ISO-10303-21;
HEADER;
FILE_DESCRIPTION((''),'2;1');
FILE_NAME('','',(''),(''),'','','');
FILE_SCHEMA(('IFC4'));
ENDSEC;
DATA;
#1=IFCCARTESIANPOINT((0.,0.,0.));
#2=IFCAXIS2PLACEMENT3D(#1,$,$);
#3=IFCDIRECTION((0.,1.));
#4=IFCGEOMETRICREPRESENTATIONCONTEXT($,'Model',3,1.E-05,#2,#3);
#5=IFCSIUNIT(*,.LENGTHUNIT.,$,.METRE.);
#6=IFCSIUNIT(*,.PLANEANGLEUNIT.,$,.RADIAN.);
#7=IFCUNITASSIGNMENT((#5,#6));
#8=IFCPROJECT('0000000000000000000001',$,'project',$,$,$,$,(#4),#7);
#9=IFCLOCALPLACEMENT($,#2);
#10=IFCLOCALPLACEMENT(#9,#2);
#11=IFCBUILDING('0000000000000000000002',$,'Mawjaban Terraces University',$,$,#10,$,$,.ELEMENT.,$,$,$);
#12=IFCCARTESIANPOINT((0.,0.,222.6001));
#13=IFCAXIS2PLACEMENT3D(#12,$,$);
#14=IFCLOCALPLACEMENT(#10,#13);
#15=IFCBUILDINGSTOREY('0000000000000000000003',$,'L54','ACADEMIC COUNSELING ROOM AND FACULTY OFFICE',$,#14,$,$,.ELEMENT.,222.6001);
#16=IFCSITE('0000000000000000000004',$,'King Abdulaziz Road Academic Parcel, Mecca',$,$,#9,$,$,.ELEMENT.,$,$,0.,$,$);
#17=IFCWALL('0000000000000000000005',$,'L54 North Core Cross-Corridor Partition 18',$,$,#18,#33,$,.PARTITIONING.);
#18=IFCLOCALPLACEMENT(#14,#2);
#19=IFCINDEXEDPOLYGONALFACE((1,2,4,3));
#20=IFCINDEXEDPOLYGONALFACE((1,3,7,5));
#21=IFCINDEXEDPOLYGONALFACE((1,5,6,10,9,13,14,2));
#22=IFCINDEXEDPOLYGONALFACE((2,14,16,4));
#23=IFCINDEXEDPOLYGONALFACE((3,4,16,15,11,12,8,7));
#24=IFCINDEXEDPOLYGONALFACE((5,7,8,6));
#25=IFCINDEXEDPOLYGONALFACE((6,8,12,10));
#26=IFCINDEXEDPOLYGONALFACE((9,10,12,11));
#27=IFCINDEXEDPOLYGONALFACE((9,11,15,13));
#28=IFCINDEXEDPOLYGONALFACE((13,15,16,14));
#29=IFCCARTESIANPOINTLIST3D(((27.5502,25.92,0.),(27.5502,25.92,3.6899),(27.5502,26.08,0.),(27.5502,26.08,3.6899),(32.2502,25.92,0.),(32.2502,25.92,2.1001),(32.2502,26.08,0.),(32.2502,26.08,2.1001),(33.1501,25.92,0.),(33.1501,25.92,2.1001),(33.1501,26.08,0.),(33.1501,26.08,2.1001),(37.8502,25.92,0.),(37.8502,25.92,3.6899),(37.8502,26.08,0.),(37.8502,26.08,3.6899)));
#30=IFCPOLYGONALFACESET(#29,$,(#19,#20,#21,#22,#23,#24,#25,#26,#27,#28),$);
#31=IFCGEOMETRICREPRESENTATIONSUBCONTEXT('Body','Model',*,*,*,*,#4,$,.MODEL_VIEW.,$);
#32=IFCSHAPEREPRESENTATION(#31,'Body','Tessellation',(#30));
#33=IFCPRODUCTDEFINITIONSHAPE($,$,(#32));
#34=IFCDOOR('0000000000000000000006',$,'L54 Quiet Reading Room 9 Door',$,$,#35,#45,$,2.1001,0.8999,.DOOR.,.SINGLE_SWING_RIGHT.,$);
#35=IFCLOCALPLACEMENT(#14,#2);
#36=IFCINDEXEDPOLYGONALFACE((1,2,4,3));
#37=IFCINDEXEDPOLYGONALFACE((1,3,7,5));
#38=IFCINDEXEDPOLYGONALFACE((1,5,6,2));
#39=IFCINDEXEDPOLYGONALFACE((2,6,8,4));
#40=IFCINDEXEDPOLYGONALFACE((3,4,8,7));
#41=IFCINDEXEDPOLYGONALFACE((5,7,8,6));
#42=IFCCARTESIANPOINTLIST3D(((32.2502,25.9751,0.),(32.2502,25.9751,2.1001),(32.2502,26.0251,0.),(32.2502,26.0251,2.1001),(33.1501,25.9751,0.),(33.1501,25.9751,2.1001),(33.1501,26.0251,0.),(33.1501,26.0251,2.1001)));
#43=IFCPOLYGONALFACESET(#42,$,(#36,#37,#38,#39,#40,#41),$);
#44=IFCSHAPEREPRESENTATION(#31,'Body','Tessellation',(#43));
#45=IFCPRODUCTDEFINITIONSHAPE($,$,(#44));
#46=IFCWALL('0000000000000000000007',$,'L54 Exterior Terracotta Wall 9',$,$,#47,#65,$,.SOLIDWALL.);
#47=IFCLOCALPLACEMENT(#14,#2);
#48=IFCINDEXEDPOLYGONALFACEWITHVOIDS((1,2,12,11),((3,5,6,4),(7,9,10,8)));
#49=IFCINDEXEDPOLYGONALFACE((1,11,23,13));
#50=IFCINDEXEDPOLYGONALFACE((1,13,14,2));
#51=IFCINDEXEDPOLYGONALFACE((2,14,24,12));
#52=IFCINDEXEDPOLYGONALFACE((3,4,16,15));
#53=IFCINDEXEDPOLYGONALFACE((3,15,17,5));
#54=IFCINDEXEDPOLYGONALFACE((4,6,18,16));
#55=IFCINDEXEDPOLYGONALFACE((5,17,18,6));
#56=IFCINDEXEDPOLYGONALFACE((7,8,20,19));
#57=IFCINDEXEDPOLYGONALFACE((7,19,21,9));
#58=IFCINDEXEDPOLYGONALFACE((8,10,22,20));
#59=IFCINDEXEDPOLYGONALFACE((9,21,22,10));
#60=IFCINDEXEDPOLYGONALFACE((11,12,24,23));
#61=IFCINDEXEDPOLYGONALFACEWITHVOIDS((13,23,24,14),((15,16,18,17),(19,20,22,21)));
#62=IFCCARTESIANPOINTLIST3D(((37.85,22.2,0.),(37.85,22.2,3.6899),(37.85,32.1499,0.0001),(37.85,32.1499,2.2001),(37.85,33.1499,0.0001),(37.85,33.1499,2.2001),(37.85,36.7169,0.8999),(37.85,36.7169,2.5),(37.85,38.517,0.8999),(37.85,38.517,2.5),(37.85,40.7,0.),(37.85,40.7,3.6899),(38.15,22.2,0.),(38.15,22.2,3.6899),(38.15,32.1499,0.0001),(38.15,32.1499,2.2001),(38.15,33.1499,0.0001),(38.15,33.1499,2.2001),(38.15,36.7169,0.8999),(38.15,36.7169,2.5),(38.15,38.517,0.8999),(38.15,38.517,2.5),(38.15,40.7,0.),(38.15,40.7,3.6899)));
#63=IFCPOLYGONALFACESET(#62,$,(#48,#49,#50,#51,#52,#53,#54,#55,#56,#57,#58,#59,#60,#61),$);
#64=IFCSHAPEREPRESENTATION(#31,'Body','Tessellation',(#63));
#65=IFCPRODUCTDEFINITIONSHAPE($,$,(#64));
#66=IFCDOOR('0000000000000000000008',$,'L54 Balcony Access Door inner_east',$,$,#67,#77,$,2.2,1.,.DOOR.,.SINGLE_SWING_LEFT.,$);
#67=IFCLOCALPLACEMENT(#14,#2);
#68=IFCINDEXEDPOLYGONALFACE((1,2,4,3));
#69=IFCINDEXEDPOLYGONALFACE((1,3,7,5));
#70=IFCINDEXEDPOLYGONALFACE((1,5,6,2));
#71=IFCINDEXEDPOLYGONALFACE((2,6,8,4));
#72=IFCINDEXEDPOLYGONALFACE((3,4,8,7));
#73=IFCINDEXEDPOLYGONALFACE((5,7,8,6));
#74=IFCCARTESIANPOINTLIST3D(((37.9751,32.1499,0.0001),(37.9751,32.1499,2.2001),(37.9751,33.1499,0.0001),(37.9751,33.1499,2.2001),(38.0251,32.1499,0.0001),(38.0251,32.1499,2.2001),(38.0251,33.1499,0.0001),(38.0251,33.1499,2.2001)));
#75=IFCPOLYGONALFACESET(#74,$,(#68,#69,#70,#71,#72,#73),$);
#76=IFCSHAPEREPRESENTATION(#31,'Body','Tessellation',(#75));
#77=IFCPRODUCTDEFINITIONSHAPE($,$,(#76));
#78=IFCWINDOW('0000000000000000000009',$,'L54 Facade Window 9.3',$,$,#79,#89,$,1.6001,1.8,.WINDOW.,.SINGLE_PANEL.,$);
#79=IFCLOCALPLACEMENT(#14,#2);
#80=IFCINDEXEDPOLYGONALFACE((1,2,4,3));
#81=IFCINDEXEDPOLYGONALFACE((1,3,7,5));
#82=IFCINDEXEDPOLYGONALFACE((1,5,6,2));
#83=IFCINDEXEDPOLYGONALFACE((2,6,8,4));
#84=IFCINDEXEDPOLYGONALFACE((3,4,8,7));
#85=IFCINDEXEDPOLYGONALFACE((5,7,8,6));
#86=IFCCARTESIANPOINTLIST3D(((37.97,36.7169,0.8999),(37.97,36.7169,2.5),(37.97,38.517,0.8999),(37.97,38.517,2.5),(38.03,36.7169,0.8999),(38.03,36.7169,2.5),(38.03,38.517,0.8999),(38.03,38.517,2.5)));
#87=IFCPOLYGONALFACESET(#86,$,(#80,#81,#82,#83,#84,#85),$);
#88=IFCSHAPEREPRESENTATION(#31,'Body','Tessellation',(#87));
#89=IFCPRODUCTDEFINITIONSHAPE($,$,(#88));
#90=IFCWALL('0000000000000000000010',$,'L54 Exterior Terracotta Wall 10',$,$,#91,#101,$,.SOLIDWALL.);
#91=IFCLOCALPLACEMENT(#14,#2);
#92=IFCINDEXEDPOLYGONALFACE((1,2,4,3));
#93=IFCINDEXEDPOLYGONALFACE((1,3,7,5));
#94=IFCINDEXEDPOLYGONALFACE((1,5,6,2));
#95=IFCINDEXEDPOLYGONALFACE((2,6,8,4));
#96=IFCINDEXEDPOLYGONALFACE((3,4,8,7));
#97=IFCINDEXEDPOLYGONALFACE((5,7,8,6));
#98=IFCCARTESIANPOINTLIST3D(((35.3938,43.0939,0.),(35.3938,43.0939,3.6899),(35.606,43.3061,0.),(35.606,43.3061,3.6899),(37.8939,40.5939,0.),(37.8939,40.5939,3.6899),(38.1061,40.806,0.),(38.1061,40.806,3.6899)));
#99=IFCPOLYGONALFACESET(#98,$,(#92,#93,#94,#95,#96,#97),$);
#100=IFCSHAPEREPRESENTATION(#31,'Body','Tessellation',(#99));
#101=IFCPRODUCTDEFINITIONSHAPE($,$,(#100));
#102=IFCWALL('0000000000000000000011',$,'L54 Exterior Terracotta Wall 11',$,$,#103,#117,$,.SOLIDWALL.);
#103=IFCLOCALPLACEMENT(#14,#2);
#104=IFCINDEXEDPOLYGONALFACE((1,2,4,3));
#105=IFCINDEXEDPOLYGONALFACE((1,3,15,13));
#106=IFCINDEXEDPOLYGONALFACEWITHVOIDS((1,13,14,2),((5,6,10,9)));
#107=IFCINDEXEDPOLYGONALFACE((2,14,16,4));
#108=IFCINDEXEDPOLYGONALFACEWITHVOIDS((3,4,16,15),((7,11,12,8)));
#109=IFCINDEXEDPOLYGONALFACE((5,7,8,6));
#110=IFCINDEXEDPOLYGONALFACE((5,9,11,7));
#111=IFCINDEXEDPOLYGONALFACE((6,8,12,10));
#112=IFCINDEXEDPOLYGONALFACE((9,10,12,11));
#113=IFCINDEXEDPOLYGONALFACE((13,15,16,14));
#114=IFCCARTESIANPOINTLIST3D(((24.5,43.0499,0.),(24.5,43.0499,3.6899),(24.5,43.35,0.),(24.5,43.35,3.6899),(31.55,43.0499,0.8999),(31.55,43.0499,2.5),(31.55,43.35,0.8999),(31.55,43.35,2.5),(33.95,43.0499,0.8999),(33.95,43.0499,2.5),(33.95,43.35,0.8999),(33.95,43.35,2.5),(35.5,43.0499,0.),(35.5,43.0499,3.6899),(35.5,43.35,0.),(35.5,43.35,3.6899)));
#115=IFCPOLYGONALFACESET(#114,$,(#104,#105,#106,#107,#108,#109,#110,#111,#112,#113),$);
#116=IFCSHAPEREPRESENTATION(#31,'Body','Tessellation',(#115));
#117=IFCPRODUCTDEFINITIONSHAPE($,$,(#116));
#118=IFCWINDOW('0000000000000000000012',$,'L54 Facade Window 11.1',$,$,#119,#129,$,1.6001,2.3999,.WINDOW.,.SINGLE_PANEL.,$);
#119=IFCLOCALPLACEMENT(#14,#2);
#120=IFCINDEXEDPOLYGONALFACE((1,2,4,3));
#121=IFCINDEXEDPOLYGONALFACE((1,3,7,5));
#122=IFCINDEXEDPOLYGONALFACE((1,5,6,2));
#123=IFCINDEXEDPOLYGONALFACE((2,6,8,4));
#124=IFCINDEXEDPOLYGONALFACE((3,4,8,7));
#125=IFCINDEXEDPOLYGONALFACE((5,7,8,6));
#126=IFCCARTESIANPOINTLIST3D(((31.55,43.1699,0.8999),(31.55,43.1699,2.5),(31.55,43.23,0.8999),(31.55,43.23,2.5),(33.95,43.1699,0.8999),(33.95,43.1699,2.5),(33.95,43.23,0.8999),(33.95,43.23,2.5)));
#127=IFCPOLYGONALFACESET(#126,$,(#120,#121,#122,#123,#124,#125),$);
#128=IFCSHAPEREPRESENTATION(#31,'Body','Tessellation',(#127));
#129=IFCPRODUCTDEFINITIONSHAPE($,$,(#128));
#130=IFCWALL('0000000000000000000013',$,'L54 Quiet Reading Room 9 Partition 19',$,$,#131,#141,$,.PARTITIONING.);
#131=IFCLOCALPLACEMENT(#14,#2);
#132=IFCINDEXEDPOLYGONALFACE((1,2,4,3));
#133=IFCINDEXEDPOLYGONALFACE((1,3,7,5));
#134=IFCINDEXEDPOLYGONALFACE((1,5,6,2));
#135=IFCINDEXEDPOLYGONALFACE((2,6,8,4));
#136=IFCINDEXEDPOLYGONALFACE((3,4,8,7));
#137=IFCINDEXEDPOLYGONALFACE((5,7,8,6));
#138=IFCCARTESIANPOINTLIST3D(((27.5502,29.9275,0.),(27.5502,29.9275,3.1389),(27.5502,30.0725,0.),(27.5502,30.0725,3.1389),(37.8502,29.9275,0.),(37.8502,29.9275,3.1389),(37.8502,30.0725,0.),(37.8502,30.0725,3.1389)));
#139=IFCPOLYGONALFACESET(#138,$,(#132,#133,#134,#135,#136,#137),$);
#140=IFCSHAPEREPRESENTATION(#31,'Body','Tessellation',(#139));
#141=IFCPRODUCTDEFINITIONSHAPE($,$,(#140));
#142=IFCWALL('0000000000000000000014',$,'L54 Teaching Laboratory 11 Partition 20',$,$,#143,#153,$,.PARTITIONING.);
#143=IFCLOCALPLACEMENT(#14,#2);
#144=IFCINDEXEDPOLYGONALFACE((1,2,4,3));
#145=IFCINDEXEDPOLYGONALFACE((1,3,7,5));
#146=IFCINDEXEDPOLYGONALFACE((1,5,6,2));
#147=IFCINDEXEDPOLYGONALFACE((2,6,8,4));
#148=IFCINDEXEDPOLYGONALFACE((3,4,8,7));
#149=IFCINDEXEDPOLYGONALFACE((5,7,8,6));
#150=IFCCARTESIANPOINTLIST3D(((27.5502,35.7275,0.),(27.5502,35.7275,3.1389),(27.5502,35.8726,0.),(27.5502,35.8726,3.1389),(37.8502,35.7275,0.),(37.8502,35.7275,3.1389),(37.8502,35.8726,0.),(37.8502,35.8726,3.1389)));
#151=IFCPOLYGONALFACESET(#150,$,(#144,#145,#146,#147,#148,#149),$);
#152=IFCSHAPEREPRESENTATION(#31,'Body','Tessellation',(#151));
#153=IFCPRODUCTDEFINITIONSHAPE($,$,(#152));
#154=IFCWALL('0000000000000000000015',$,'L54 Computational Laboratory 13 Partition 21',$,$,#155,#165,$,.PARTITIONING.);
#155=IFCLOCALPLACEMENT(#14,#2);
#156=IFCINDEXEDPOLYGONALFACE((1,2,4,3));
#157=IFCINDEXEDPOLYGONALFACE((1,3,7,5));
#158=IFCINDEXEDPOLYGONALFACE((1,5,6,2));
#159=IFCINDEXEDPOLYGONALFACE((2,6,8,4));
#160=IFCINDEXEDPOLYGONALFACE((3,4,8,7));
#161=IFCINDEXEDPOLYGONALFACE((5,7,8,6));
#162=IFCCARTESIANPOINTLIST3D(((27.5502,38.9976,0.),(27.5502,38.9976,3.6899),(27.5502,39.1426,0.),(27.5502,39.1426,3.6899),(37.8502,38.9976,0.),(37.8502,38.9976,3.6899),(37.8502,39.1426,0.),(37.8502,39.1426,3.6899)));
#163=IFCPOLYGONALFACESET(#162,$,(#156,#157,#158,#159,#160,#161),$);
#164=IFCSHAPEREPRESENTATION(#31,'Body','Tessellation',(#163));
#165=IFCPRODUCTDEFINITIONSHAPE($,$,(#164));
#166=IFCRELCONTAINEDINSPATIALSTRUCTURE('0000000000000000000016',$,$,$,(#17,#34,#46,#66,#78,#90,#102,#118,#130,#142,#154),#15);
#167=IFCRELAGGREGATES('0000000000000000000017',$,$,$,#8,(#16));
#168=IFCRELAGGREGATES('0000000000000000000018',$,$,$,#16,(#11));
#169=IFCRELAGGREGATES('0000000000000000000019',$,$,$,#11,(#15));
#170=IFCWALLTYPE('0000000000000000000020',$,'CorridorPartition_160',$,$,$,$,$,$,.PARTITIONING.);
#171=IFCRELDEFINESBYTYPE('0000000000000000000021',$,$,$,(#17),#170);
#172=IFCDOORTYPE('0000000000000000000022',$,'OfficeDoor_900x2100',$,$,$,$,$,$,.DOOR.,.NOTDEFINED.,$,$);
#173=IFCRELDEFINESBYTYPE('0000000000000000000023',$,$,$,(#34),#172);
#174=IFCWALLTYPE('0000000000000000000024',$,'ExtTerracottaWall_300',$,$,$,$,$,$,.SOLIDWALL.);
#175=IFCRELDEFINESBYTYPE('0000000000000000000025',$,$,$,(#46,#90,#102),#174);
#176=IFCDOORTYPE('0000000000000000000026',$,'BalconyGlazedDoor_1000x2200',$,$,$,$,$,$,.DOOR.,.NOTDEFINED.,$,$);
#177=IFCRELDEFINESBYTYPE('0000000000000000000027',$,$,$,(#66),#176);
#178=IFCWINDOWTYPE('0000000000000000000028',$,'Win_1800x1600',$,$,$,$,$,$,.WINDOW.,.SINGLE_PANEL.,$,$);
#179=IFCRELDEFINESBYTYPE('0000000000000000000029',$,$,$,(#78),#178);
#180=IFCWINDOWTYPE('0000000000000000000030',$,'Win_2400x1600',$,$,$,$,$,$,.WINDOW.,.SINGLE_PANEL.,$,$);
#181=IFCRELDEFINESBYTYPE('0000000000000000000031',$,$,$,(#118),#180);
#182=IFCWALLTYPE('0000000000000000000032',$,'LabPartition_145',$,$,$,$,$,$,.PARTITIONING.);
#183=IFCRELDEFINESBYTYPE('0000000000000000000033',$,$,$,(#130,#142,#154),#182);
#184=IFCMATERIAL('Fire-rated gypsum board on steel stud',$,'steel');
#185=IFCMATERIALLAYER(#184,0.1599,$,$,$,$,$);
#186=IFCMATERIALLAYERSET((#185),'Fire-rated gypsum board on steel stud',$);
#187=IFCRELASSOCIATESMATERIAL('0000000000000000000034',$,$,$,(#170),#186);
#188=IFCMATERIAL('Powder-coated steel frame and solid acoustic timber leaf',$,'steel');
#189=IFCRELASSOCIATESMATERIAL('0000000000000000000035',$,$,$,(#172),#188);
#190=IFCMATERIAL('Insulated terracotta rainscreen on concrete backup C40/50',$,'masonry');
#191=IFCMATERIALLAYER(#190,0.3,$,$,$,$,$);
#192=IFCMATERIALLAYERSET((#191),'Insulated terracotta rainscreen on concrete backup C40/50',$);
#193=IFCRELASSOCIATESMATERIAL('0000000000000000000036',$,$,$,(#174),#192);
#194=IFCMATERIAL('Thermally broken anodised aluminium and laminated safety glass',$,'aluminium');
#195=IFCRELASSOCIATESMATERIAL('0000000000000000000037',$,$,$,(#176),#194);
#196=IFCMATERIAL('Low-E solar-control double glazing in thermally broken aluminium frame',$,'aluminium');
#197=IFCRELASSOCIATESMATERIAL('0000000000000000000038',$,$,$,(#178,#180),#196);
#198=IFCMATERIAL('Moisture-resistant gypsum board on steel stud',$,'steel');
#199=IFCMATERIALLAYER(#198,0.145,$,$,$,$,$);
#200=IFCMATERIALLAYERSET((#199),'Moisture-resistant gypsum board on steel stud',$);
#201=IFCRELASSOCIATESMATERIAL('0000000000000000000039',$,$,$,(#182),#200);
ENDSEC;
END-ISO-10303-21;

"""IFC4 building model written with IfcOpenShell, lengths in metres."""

from ifc_helpers import new_model, si_unit, direction, frame, frame_2d, origin, place, context, subcontext, project, spatial, rectangle, extrude, material, layer, layer_set, type_object, element, fill, save


model = new_model("IFC4")

# Units and contexts
model_context = context("Model", 3, precision=1e-05, world=origin(), true_north=direction((0.0, 1.0)))
body_context = subcontext(model_context, "Body", "Model", "MODEL_VIEW")
ifc_project = project(units=[si_unit("LENGTHUNIT", "METRE"), si_unit("PLANEANGLEUNIT", "RADIAN")], contexts=[model_context])

# Site, building, storey
site_placement = place(None, origin())
site = spatial("IfcSite", under=ifc_project, at=site_placement, Name="King Abdulaziz Road Academic Parcel, Mecca", CompositionType="ELEMENT", RefElevation=0.0)
building_placement = place(site_placement, origin())
building = spatial("IfcBuilding", under=site, at=building_placement, Name="Mawjaban Terraces University", CompositionType="ELEMENT")
storey_placement = place(building_placement, frame((0.0, 0.0, 222.6001)))
storey = spatial("IfcBuildingStorey", under=building, at=storey_placement, Name="L54", Description="ACADEMIC COUNSELING ROOM AND FACULTY OFFICE", CompositionType="ELEMENT", Elevation=222.6001)

# Wall, opening, door
ifc_material_1 = material(Name="Fire-rated gypsum board on steel stud", Category="steel")
ifc_layer_1 = layer(ifc_material_1, 0.1599)
ifc_layer_set_1 = layer_set([ifc_layer_1], Name="Fire-rated gypsum board on steel stud")
wall_type_1 = type_object("IfcWallType", Name="CorridorPartition_160", PredefinedType="PARTITIONING", material=ifc_layer_set_1)
ifc_material_2 = material(Name="Powder-coated steel frame and solid acoustic timber leaf", Category="steel")
door_type_1 = type_object("IfcDoorType", Name="OfficeDoor_900x2100", OperationType="NOTDEFINED", PredefinedType="DOOR", material=ifc_material_2)
wall_1_placement = place(storey_placement, frame((37.8501, 26.0, 0.0), z_axis=(0.0, 0.0, 1.0), x_axis=(-1.0, 0.0, 0.0)))
wall_1 = element("IfcWall", 1, at=wall_1_placement, inside=storey, type_object=wall_type_1, Name="L54 North Core Cross-Corridor Partition 18", PredefinedType="PARTITIONING", context=body_context, shape_type="SweptSolid", body=[
    extrude(rectangle(XDim=10.3, YDim=0.1599, at=frame_2d((5.1499, 0.0))), origin(), (0.0, 0.0, 1.0), 3.6899),
])
opening_1_placement = place(wall_1_placement, frame((4.7, 0.0, 0.0)))
opening_1 = element("IfcOpeningElement", 2, at=opening_1_placement, cuts=wall_1, PredefinedType="OPENING", context=body_context, shape_type="SweptSolid", body=[
    extrude(rectangle(XDim=0.8999, YDim=2.1001, at=frame_2d((0.45, 1.05))), frame((0.0, 0.0898, 0.0), z_axis=(0.0, -1.0, 0.0), x_axis=(1.0, 0.0, 0.0)), (0.0, 0.0, 1.0), 0.1799),
])
door_1_placement = place(opening_1_placement, origin())
door_1 = element("IfcDoor", 3, at=door_1_placement, inside=storey, type_object=door_type_1, Name="L54 Quiet Reading Room 9 Door", OperationType="SINGLE_SWING_RIGHT", OverallHeight=2.1001, OverallWidth=0.8999, PredefinedType="DOOR", context=body_context, shape_type="SweptSolid", body=[
    extrude(rectangle(XDim=0.8999, YDim=2.1001, at=frame_2d((0.45, 1.05))), frame((0.0, 0.0249, 0.0), z_axis=(0.0, -1.0, 0.0), x_axis=(1.0, 0.0, 0.0)), (0.0, 0.0, 1.0), 0.05),
])
fill(opening_1, door_1)

# Wall, openings, door, window
ifc_material_3 = material(Name="Insulated terracotta rainscreen on concrete backup C40/50", Category="masonry")
ifc_layer_2 = layer(ifc_material_3, 0.3)
ifc_layer_set_2 = layer_set([ifc_layer_2], Name="Insulated terracotta rainscreen on concrete backup C40/50")
wall_type_2 = type_object("IfcWallType", Name="ExtTerracottaWall_300", PredefinedType="SOLIDWALL", material=ifc_layer_set_2)
wall_2_placement = place(storey_placement, frame((38.0, 22.2, 0.0), z_axis=(0.0, 0.0, 1.0), x_axis=(0.0, 1.0, 0.0)))
wall_2 = element("IfcWall", 4, at=wall_2_placement, inside=storey, type_object=wall_type_2, Name="L54 Exterior Terracotta Wall 9", PredefinedType="SOLIDWALL", context=body_context, shape_type="SweptSolid", body=[
    extrude(rectangle(XDim=18.5, YDim=0.3, at=frame_2d((9.25, 0.0))), origin(), (0.0, 0.0, 1.0), 3.6899),
])
opening_2_placement = place(wall_2_placement, frame((9.95, 0.0, 0.0)))
opening_2 = element("IfcOpeningElement", 5, at=opening_2_placement, cuts=wall_2, PredefinedType="OPENING", context=body_context, shape_type="SweptSolid", body=[
    extrude(rectangle(XDim=1.0, YDim=2.2, at=frame_2d((0.5, 1.1001))), frame((0.0, 0.1599, 0.0), z_axis=(0.0, -1.0, 0.0), x_axis=(1.0, 0.0, 0.0)), (0.0, 0.0, 1.0), 0.3201),
])
opening_3_placement = place(wall_2_placement, frame((14.5171, 0.0, 0.8999)))
opening_3 = element("IfcOpeningElement", 6, at=opening_3_placement, cuts=wall_2, PredefinedType="OPENING", context=body_context, shape_type="SweptSolid", body=[
    extrude(rectangle(XDim=1.8, YDim=1.6001, at=frame_2d((0.8999, 0.8))), frame((0.0, 0.1599, 0.0), z_axis=(0.0, -1.0, 0.0), x_axis=(1.0, 0.0, 0.0)), (0.0, 0.0, 1.0), 0.3201),
])
ifc_material_4 = material(Name="Thermally broken anodised aluminium and laminated safety glass", Category="aluminium")
door_type_2 = type_object("IfcDoorType", Name="BalconyGlazedDoor_1000x2200", OperationType="NOTDEFINED", PredefinedType="DOOR", material=ifc_material_4)
door_2_placement = place(opening_2_placement, origin())
door_2 = element("IfcDoor", 7, at=door_2_placement, inside=storey, type_object=door_type_2, Name="L54 Balcony Access Door inner_east", OperationType="SINGLE_SWING_LEFT", OverallHeight=2.2, OverallWidth=1.0, PredefinedType="DOOR", context=body_context, shape_type="SweptSolid", body=[
    extrude(rectangle(XDim=1.0, YDim=2.2, at=frame_2d((0.5, 1.1001))), frame((0.0, 0.0249, 0.0), z_axis=(0.0, -1.0, 0.0), x_axis=(1.0, 0.0, 0.0)), (0.0, 0.0, 1.0), 0.05),
])
fill(opening_2, door_2)
ifc_material_5 = material(Name="Low-E solar-control double glazing in thermally broken aluminium frame", Category="aluminium")
window_type_1 = type_object("IfcWindowType", Name="Win_1800x1600", PartitioningType="SINGLE_PANEL", PredefinedType="WINDOW", material=ifc_material_5)
window_1_placement = place(opening_3_placement, origin())
window_1 = element("IfcWindow", 8, at=window_1_placement, inside=storey, type_object=window_type_1, Name="L54 Facade Window 9.3", OverallHeight=1.6001, OverallWidth=1.8, PartitioningType="SINGLE_PANEL", PredefinedType="WINDOW", context=body_context, shape_type="SweptSolid", body=[
    extrude(rectangle(XDim=1.8, YDim=1.6001, at=frame_2d((0.8999, 0.8))), frame((0.0, 0.03, 0.0), z_axis=(0.0, -1.0, 0.0), x_axis=(1.0, 0.0, 0.0)), (0.0, 0.0, 1.0), 0.0601),
])
fill(opening_3, window_1)

# Wall
wall_3_placement = place(storey_placement, frame((38.0, 40.7, 0.0), z_axis=(0.0, 0.0, 1.0), x_axis=(-0.707107, 0.707107, 0.0)))
element("IfcWall", 9, at=wall_3_placement, inside=storey, type_object=wall_type_2, Name="L54 Exterior Terracotta Wall 10", PredefinedType="SOLIDWALL", context=body_context, shape_type="SweptSolid", body=[
    extrude(rectangle(XDim=3.5356, YDim=0.3, at=frame_2d((1.7678, 0.0))), origin(), (0.0, 0.0, 1.0), 3.6899),
])

# Wall, opening, window
wall_4_placement = place(storey_placement, frame((35.5, 43.2, 0.0), z_axis=(0.0, 0.0, 1.0), x_axis=(-1.0, 0.0, 0.0)))
wall_4 = element("IfcWall", 10, at=wall_4_placement, inside=storey, type_object=wall_type_2, Name="L54 Exterior Terracotta Wall 11", PredefinedType="SOLIDWALL", context=body_context, shape_type="SweptSolid", body=[
    extrude(rectangle(XDim=11.0, YDim=0.3, at=frame_2d((5.5, 0.0))), origin(), (0.0, 0.0, 1.0), 3.6899),
])
opening_4_placement = place(wall_4_placement, frame((1.55, 0.0, 0.8999)))
opening_4 = element("IfcOpeningElement", 11, at=opening_4_placement, cuts=wall_4, PredefinedType="OPENING", context=body_context, shape_type="SweptSolid", body=[
    extrude(rectangle(XDim=2.3999, YDim=1.6001, at=frame_2d((1.2, 0.8))), frame((0.0, 0.1599, 0.0), z_axis=(0.0, -1.0, 0.0), x_axis=(1.0, 0.0, 0.0)), (0.0, 0.0, 1.0), 0.3201),
])
window_type_2 = type_object("IfcWindowType", Name="Win_2400x1600", PartitioningType="SINGLE_PANEL", PredefinedType="WINDOW", material=ifc_material_5)
window_2_placement = place(opening_4_placement, origin())
window_2 = element("IfcWindow", 12, at=window_2_placement, inside=storey, type_object=window_type_2, Name="L54 Facade Window 11.1", OverallHeight=1.6001, OverallWidth=2.3999, PartitioningType="SINGLE_PANEL", PredefinedType="WINDOW", context=body_context, shape_type="SweptSolid", body=[
    extrude(rectangle(XDim=2.3999, YDim=1.6001, at=frame_2d((1.2, 0.8))), frame((0.0, 0.03, 0.0), z_axis=(0.0, -1.0, 0.0), x_axis=(1.0, 0.0, 0.0)), (0.0, 0.0, 1.0), 0.0601),
])
fill(opening_4, window_2)

# Walls
ifc_material_6 = material(Name="Moisture-resistant gypsum board on steel stud", Category="steel")
ifc_layer_3 = layer(ifc_material_6, 0.145)
ifc_layer_set_3 = layer_set([ifc_layer_3], Name="Moisture-resistant gypsum board on steel stud")
wall_type_3 = type_object("IfcWallType", Name="LabPartition_145", PredefinedType="PARTITIONING", material=ifc_layer_set_3)
for number, where, z_axis, x_axis, name in (
    (13, (37.8501, 30.0, 0.0), (0.0, 0.0, 1.0), (-1.0, 0.0, 0.0), "L54 Quiet Reading Room 9 Partition 19"),
    (14, (37.8501, 35.8, 0.0), (0.0, 0.0, 1.0), (-1.0, 0.0, 0.0), "L54 Teaching Laboratory 11 Partition 20"),
):
    element("IfcWall", number, at=place(storey_placement, frame(where, z_axis=z_axis, x_axis=x_axis)), inside=storey, type_object=wall_type_3, Name=name, PredefinedType="PARTITIONING", context=body_context, shape_type="SweptSolid", body=[
        extrude(rectangle(XDim=10.3, YDim=0.145, at=frame_2d((5.1499, 0.0))), origin(), (0.0, 0.0, 1.0), 3.1389),
    ])
wall_5_placement = place(storey_placement, frame((37.8501, 39.0701, 0.0), z_axis=(0.0, 0.0, 1.0), x_axis=(-1.0, 0.0, 0.0)))
element("IfcWall", 15, at=wall_5_placement, inside=storey, type_object=wall_type_3, Name="L54 Computational Laboratory 13 Partition 21", PredefinedType="PARTITIONING", context=body_context, shape_type="SweptSolid", body=[
    extrude(rectangle(XDim=10.3, YDim=0.145, at=frame_2d((5.1499, 0.0))), origin(), (0.0, 0.0, 1.0), 3.6899),
])

save(model, "model.ifc")
